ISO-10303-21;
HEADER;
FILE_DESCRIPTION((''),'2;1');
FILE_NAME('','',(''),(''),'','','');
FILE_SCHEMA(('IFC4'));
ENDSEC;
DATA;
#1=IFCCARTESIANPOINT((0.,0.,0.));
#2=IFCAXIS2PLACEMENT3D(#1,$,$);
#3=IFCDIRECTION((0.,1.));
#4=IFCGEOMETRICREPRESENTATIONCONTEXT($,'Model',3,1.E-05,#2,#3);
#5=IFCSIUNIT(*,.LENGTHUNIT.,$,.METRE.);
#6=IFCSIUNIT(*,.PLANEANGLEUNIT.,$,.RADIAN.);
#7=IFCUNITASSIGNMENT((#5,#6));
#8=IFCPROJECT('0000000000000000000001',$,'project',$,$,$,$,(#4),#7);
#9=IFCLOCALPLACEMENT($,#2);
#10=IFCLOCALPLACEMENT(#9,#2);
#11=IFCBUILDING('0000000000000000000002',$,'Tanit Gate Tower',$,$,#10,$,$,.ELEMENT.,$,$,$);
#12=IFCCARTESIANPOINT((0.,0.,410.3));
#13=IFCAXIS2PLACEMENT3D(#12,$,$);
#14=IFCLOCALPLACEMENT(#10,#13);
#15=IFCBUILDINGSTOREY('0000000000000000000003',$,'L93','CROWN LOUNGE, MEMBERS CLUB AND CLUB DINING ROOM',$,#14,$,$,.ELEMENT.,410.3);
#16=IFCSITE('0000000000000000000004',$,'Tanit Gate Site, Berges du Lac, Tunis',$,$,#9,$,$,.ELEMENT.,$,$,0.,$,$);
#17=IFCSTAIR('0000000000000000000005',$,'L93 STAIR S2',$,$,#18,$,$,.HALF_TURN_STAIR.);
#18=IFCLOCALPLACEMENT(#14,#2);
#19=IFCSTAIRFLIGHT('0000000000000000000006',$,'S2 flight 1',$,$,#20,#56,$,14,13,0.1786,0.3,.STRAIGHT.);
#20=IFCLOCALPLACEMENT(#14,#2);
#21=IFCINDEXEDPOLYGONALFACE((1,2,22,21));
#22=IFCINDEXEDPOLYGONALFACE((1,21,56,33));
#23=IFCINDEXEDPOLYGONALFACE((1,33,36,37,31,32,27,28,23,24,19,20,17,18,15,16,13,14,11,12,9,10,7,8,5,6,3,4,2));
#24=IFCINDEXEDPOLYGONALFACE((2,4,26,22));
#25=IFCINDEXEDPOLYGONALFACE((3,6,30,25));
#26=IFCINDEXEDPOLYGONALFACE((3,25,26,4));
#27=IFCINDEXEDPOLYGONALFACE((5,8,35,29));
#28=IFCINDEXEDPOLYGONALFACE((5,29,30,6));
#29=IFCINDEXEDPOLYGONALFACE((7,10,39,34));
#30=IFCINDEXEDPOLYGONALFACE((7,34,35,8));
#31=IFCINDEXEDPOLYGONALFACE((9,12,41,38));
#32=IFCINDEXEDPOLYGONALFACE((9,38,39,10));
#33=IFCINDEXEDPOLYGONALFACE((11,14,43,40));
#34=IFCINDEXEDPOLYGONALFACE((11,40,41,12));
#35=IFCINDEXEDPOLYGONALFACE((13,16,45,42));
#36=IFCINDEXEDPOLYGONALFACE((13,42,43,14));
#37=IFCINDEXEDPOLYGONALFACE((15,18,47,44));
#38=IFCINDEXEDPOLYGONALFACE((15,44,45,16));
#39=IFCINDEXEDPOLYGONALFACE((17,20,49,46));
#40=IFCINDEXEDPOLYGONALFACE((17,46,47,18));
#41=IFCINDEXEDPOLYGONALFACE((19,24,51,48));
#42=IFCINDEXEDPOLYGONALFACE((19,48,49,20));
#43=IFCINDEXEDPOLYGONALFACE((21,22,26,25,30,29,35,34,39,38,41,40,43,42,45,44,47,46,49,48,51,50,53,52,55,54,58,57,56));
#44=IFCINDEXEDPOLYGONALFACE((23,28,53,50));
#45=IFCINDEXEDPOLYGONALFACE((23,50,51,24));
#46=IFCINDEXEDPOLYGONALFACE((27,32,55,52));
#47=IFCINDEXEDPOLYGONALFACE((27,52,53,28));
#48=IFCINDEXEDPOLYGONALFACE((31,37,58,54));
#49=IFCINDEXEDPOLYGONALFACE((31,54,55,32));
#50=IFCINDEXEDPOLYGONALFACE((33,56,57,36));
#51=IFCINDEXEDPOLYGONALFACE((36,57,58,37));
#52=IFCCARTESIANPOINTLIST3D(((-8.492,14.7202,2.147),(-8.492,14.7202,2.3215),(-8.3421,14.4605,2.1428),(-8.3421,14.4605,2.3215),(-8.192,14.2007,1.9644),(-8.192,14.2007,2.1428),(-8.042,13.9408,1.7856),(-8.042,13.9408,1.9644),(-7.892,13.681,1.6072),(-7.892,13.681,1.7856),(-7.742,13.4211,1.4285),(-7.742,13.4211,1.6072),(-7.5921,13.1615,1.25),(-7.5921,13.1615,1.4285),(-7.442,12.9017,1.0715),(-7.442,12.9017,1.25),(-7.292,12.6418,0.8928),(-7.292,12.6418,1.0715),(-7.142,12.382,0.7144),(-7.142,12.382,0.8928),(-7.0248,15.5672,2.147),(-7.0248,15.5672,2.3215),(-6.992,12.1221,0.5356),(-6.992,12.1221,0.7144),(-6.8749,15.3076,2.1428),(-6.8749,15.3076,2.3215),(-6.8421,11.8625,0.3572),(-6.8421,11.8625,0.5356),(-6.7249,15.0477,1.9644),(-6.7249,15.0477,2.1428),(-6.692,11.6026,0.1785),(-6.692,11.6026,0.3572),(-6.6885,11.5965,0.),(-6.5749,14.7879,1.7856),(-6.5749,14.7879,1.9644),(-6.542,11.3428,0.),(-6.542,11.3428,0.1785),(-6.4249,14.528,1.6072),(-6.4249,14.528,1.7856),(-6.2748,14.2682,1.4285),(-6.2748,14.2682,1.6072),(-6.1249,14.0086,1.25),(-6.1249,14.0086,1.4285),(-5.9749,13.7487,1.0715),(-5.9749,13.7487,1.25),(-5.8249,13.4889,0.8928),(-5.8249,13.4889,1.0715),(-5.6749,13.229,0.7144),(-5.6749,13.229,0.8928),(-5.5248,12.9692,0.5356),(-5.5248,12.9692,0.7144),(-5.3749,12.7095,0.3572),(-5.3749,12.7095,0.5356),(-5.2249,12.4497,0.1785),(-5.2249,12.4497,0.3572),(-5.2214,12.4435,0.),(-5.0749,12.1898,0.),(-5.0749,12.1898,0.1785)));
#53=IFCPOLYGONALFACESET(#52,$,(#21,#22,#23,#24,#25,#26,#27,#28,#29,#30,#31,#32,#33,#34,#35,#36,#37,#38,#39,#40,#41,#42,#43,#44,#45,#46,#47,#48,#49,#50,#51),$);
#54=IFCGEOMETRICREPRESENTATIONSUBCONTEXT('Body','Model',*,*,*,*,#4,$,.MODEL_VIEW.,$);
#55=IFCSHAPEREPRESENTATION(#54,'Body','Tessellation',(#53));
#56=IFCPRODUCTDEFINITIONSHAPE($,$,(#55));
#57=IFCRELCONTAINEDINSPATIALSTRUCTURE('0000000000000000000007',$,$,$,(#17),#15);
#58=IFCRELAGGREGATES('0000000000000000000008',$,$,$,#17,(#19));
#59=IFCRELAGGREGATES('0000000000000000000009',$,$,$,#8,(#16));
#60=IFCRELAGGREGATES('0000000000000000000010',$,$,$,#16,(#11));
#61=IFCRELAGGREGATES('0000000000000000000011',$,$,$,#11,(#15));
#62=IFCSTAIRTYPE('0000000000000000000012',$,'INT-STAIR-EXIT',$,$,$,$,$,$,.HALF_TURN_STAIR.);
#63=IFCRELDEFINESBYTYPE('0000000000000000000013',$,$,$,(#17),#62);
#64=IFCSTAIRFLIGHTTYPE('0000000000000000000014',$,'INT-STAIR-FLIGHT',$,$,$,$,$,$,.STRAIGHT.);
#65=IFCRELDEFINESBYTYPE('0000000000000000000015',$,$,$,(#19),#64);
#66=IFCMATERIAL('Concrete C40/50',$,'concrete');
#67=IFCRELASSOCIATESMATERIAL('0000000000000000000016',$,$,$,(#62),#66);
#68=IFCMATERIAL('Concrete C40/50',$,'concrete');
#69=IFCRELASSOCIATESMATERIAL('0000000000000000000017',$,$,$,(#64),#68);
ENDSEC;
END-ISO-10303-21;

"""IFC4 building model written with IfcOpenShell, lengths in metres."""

from ifc_helpers import new_model, si_unit, direction, frame, origin, place, context, subcontext, project, spatial, polyline, outline, extrude, material, type_object, element, aggregate, save


model = new_model("IFC4")

# Units and contexts
model_context = context("Model", 3, precision=1e-05, world=origin(), true_north=direction((0.0, 1.0)))
body_context = subcontext(model_context, "Body", "Model", "MODEL_VIEW")
ifc_project = project(units=[si_unit("LENGTHUNIT", "METRE"), si_unit("PLANEANGLEUNIT", "RADIAN")], contexts=[model_context])

# Site, building, storey
site_placement = place(None, origin())
site = spatial("IfcSite", under=ifc_project, at=site_placement, Name="Tanit Gate Site, Berges du Lac, Tunis", CompositionType="ELEMENT", RefElevation=0.0)
building_placement = place(site_placement, origin())
building = spatial("IfcBuilding", under=site, at=building_placement, Name="Tanit Gate Tower", CompositionType="ELEMENT")
storey_placement = place(building_placement, frame((0.0, 0.0, 410.3)))
storey = spatial("IfcBuildingStorey", under=building, at=storey_placement, Name="L93", Description="CROWN LOUNGE, MEMBERS CLUB AND CLUB DINING ROOM", CompositionType="ELEMENT", Elevation=410.3)

# Stair, stair flight
ifc_material_1 = material(Name="Concrete C40/50", Category="concrete")
stair_type = type_object("IfcStairType", Name="INT-STAIR-EXIT", PredefinedType="HALF_TURN_STAIR", material=ifc_material_1)
stair_placement = place(storey_placement, origin())
stair = element("IfcStair", 1, at=stair_placement, inside=storey, type_object=stair_type, Name="L93 STAIR S2", PredefinedType="HALF_TURN_STAIR")
ifc_material_2 = material(Name="Concrete C40/50", Category="concrete")
stair_flight_type = type_object("IfcStairFlightType", Name="INT-STAIR-FLIGHT", PredefinedType="STRAIGHT", material=ifc_material_2)
stair_flight_placement = place(storey_placement, frame((-5.8083, 11.7664, 0.0), z_axis=(0.0, 0.0, 1.0), x_axis=(-0.5, 0.866025, 0.0)))
stair_flight = element("IfcStairFlight", 2, at=stair_flight_placement, type_object=stair_flight_type, Name="S2 flight 1", NumberOfRisers=14, NumberOfTreads=13, PredefinedType="STRAIGHT", RiserHeight=0.1786, TreadLength=0.3, context=body_context, shape_type="SweptSolid", body=[
    extrude(outline(polyline([(0.0, 0.0), (0.0, 0.1785), (0.3, 0.1785), (0.3, 0.3572), (0.6001, 0.3572), (0.6001, 0.5356), (0.8999, 0.5356), (0.8999, 0.7144), (1.2, 0.7144), (1.2, 0.8928), (1.5, 0.8928), (1.5, 1.0715), (1.8, 1.0715), (1.8, 1.25), (2.1001, 1.25), (2.1001, 1.4285), (2.3999, 1.4285), (2.3999, 1.6072), (2.7, 1.6072), (2.7, 1.7856), (3.0, 1.7856), (3.0, 1.9644), (3.3, 1.9644), (3.3, 2.1428), (3.6001, 2.1428), (3.6001, 2.3215), (3.8999, 2.3215), (3.8999, 2.5), (3.8999, 2.147), (0.293, 0.0), (0.0, 0.0)])), frame((0.0, 0.8472, 0.0), z_axis=(0.0, -1.0, 0.0), x_axis=(1.0, 0.0, 0.0)), (0.0, 0.0, 1.0), 1.6941),
])
aggregate(stair, [stair_flight])

save(model, "model.ifc")
